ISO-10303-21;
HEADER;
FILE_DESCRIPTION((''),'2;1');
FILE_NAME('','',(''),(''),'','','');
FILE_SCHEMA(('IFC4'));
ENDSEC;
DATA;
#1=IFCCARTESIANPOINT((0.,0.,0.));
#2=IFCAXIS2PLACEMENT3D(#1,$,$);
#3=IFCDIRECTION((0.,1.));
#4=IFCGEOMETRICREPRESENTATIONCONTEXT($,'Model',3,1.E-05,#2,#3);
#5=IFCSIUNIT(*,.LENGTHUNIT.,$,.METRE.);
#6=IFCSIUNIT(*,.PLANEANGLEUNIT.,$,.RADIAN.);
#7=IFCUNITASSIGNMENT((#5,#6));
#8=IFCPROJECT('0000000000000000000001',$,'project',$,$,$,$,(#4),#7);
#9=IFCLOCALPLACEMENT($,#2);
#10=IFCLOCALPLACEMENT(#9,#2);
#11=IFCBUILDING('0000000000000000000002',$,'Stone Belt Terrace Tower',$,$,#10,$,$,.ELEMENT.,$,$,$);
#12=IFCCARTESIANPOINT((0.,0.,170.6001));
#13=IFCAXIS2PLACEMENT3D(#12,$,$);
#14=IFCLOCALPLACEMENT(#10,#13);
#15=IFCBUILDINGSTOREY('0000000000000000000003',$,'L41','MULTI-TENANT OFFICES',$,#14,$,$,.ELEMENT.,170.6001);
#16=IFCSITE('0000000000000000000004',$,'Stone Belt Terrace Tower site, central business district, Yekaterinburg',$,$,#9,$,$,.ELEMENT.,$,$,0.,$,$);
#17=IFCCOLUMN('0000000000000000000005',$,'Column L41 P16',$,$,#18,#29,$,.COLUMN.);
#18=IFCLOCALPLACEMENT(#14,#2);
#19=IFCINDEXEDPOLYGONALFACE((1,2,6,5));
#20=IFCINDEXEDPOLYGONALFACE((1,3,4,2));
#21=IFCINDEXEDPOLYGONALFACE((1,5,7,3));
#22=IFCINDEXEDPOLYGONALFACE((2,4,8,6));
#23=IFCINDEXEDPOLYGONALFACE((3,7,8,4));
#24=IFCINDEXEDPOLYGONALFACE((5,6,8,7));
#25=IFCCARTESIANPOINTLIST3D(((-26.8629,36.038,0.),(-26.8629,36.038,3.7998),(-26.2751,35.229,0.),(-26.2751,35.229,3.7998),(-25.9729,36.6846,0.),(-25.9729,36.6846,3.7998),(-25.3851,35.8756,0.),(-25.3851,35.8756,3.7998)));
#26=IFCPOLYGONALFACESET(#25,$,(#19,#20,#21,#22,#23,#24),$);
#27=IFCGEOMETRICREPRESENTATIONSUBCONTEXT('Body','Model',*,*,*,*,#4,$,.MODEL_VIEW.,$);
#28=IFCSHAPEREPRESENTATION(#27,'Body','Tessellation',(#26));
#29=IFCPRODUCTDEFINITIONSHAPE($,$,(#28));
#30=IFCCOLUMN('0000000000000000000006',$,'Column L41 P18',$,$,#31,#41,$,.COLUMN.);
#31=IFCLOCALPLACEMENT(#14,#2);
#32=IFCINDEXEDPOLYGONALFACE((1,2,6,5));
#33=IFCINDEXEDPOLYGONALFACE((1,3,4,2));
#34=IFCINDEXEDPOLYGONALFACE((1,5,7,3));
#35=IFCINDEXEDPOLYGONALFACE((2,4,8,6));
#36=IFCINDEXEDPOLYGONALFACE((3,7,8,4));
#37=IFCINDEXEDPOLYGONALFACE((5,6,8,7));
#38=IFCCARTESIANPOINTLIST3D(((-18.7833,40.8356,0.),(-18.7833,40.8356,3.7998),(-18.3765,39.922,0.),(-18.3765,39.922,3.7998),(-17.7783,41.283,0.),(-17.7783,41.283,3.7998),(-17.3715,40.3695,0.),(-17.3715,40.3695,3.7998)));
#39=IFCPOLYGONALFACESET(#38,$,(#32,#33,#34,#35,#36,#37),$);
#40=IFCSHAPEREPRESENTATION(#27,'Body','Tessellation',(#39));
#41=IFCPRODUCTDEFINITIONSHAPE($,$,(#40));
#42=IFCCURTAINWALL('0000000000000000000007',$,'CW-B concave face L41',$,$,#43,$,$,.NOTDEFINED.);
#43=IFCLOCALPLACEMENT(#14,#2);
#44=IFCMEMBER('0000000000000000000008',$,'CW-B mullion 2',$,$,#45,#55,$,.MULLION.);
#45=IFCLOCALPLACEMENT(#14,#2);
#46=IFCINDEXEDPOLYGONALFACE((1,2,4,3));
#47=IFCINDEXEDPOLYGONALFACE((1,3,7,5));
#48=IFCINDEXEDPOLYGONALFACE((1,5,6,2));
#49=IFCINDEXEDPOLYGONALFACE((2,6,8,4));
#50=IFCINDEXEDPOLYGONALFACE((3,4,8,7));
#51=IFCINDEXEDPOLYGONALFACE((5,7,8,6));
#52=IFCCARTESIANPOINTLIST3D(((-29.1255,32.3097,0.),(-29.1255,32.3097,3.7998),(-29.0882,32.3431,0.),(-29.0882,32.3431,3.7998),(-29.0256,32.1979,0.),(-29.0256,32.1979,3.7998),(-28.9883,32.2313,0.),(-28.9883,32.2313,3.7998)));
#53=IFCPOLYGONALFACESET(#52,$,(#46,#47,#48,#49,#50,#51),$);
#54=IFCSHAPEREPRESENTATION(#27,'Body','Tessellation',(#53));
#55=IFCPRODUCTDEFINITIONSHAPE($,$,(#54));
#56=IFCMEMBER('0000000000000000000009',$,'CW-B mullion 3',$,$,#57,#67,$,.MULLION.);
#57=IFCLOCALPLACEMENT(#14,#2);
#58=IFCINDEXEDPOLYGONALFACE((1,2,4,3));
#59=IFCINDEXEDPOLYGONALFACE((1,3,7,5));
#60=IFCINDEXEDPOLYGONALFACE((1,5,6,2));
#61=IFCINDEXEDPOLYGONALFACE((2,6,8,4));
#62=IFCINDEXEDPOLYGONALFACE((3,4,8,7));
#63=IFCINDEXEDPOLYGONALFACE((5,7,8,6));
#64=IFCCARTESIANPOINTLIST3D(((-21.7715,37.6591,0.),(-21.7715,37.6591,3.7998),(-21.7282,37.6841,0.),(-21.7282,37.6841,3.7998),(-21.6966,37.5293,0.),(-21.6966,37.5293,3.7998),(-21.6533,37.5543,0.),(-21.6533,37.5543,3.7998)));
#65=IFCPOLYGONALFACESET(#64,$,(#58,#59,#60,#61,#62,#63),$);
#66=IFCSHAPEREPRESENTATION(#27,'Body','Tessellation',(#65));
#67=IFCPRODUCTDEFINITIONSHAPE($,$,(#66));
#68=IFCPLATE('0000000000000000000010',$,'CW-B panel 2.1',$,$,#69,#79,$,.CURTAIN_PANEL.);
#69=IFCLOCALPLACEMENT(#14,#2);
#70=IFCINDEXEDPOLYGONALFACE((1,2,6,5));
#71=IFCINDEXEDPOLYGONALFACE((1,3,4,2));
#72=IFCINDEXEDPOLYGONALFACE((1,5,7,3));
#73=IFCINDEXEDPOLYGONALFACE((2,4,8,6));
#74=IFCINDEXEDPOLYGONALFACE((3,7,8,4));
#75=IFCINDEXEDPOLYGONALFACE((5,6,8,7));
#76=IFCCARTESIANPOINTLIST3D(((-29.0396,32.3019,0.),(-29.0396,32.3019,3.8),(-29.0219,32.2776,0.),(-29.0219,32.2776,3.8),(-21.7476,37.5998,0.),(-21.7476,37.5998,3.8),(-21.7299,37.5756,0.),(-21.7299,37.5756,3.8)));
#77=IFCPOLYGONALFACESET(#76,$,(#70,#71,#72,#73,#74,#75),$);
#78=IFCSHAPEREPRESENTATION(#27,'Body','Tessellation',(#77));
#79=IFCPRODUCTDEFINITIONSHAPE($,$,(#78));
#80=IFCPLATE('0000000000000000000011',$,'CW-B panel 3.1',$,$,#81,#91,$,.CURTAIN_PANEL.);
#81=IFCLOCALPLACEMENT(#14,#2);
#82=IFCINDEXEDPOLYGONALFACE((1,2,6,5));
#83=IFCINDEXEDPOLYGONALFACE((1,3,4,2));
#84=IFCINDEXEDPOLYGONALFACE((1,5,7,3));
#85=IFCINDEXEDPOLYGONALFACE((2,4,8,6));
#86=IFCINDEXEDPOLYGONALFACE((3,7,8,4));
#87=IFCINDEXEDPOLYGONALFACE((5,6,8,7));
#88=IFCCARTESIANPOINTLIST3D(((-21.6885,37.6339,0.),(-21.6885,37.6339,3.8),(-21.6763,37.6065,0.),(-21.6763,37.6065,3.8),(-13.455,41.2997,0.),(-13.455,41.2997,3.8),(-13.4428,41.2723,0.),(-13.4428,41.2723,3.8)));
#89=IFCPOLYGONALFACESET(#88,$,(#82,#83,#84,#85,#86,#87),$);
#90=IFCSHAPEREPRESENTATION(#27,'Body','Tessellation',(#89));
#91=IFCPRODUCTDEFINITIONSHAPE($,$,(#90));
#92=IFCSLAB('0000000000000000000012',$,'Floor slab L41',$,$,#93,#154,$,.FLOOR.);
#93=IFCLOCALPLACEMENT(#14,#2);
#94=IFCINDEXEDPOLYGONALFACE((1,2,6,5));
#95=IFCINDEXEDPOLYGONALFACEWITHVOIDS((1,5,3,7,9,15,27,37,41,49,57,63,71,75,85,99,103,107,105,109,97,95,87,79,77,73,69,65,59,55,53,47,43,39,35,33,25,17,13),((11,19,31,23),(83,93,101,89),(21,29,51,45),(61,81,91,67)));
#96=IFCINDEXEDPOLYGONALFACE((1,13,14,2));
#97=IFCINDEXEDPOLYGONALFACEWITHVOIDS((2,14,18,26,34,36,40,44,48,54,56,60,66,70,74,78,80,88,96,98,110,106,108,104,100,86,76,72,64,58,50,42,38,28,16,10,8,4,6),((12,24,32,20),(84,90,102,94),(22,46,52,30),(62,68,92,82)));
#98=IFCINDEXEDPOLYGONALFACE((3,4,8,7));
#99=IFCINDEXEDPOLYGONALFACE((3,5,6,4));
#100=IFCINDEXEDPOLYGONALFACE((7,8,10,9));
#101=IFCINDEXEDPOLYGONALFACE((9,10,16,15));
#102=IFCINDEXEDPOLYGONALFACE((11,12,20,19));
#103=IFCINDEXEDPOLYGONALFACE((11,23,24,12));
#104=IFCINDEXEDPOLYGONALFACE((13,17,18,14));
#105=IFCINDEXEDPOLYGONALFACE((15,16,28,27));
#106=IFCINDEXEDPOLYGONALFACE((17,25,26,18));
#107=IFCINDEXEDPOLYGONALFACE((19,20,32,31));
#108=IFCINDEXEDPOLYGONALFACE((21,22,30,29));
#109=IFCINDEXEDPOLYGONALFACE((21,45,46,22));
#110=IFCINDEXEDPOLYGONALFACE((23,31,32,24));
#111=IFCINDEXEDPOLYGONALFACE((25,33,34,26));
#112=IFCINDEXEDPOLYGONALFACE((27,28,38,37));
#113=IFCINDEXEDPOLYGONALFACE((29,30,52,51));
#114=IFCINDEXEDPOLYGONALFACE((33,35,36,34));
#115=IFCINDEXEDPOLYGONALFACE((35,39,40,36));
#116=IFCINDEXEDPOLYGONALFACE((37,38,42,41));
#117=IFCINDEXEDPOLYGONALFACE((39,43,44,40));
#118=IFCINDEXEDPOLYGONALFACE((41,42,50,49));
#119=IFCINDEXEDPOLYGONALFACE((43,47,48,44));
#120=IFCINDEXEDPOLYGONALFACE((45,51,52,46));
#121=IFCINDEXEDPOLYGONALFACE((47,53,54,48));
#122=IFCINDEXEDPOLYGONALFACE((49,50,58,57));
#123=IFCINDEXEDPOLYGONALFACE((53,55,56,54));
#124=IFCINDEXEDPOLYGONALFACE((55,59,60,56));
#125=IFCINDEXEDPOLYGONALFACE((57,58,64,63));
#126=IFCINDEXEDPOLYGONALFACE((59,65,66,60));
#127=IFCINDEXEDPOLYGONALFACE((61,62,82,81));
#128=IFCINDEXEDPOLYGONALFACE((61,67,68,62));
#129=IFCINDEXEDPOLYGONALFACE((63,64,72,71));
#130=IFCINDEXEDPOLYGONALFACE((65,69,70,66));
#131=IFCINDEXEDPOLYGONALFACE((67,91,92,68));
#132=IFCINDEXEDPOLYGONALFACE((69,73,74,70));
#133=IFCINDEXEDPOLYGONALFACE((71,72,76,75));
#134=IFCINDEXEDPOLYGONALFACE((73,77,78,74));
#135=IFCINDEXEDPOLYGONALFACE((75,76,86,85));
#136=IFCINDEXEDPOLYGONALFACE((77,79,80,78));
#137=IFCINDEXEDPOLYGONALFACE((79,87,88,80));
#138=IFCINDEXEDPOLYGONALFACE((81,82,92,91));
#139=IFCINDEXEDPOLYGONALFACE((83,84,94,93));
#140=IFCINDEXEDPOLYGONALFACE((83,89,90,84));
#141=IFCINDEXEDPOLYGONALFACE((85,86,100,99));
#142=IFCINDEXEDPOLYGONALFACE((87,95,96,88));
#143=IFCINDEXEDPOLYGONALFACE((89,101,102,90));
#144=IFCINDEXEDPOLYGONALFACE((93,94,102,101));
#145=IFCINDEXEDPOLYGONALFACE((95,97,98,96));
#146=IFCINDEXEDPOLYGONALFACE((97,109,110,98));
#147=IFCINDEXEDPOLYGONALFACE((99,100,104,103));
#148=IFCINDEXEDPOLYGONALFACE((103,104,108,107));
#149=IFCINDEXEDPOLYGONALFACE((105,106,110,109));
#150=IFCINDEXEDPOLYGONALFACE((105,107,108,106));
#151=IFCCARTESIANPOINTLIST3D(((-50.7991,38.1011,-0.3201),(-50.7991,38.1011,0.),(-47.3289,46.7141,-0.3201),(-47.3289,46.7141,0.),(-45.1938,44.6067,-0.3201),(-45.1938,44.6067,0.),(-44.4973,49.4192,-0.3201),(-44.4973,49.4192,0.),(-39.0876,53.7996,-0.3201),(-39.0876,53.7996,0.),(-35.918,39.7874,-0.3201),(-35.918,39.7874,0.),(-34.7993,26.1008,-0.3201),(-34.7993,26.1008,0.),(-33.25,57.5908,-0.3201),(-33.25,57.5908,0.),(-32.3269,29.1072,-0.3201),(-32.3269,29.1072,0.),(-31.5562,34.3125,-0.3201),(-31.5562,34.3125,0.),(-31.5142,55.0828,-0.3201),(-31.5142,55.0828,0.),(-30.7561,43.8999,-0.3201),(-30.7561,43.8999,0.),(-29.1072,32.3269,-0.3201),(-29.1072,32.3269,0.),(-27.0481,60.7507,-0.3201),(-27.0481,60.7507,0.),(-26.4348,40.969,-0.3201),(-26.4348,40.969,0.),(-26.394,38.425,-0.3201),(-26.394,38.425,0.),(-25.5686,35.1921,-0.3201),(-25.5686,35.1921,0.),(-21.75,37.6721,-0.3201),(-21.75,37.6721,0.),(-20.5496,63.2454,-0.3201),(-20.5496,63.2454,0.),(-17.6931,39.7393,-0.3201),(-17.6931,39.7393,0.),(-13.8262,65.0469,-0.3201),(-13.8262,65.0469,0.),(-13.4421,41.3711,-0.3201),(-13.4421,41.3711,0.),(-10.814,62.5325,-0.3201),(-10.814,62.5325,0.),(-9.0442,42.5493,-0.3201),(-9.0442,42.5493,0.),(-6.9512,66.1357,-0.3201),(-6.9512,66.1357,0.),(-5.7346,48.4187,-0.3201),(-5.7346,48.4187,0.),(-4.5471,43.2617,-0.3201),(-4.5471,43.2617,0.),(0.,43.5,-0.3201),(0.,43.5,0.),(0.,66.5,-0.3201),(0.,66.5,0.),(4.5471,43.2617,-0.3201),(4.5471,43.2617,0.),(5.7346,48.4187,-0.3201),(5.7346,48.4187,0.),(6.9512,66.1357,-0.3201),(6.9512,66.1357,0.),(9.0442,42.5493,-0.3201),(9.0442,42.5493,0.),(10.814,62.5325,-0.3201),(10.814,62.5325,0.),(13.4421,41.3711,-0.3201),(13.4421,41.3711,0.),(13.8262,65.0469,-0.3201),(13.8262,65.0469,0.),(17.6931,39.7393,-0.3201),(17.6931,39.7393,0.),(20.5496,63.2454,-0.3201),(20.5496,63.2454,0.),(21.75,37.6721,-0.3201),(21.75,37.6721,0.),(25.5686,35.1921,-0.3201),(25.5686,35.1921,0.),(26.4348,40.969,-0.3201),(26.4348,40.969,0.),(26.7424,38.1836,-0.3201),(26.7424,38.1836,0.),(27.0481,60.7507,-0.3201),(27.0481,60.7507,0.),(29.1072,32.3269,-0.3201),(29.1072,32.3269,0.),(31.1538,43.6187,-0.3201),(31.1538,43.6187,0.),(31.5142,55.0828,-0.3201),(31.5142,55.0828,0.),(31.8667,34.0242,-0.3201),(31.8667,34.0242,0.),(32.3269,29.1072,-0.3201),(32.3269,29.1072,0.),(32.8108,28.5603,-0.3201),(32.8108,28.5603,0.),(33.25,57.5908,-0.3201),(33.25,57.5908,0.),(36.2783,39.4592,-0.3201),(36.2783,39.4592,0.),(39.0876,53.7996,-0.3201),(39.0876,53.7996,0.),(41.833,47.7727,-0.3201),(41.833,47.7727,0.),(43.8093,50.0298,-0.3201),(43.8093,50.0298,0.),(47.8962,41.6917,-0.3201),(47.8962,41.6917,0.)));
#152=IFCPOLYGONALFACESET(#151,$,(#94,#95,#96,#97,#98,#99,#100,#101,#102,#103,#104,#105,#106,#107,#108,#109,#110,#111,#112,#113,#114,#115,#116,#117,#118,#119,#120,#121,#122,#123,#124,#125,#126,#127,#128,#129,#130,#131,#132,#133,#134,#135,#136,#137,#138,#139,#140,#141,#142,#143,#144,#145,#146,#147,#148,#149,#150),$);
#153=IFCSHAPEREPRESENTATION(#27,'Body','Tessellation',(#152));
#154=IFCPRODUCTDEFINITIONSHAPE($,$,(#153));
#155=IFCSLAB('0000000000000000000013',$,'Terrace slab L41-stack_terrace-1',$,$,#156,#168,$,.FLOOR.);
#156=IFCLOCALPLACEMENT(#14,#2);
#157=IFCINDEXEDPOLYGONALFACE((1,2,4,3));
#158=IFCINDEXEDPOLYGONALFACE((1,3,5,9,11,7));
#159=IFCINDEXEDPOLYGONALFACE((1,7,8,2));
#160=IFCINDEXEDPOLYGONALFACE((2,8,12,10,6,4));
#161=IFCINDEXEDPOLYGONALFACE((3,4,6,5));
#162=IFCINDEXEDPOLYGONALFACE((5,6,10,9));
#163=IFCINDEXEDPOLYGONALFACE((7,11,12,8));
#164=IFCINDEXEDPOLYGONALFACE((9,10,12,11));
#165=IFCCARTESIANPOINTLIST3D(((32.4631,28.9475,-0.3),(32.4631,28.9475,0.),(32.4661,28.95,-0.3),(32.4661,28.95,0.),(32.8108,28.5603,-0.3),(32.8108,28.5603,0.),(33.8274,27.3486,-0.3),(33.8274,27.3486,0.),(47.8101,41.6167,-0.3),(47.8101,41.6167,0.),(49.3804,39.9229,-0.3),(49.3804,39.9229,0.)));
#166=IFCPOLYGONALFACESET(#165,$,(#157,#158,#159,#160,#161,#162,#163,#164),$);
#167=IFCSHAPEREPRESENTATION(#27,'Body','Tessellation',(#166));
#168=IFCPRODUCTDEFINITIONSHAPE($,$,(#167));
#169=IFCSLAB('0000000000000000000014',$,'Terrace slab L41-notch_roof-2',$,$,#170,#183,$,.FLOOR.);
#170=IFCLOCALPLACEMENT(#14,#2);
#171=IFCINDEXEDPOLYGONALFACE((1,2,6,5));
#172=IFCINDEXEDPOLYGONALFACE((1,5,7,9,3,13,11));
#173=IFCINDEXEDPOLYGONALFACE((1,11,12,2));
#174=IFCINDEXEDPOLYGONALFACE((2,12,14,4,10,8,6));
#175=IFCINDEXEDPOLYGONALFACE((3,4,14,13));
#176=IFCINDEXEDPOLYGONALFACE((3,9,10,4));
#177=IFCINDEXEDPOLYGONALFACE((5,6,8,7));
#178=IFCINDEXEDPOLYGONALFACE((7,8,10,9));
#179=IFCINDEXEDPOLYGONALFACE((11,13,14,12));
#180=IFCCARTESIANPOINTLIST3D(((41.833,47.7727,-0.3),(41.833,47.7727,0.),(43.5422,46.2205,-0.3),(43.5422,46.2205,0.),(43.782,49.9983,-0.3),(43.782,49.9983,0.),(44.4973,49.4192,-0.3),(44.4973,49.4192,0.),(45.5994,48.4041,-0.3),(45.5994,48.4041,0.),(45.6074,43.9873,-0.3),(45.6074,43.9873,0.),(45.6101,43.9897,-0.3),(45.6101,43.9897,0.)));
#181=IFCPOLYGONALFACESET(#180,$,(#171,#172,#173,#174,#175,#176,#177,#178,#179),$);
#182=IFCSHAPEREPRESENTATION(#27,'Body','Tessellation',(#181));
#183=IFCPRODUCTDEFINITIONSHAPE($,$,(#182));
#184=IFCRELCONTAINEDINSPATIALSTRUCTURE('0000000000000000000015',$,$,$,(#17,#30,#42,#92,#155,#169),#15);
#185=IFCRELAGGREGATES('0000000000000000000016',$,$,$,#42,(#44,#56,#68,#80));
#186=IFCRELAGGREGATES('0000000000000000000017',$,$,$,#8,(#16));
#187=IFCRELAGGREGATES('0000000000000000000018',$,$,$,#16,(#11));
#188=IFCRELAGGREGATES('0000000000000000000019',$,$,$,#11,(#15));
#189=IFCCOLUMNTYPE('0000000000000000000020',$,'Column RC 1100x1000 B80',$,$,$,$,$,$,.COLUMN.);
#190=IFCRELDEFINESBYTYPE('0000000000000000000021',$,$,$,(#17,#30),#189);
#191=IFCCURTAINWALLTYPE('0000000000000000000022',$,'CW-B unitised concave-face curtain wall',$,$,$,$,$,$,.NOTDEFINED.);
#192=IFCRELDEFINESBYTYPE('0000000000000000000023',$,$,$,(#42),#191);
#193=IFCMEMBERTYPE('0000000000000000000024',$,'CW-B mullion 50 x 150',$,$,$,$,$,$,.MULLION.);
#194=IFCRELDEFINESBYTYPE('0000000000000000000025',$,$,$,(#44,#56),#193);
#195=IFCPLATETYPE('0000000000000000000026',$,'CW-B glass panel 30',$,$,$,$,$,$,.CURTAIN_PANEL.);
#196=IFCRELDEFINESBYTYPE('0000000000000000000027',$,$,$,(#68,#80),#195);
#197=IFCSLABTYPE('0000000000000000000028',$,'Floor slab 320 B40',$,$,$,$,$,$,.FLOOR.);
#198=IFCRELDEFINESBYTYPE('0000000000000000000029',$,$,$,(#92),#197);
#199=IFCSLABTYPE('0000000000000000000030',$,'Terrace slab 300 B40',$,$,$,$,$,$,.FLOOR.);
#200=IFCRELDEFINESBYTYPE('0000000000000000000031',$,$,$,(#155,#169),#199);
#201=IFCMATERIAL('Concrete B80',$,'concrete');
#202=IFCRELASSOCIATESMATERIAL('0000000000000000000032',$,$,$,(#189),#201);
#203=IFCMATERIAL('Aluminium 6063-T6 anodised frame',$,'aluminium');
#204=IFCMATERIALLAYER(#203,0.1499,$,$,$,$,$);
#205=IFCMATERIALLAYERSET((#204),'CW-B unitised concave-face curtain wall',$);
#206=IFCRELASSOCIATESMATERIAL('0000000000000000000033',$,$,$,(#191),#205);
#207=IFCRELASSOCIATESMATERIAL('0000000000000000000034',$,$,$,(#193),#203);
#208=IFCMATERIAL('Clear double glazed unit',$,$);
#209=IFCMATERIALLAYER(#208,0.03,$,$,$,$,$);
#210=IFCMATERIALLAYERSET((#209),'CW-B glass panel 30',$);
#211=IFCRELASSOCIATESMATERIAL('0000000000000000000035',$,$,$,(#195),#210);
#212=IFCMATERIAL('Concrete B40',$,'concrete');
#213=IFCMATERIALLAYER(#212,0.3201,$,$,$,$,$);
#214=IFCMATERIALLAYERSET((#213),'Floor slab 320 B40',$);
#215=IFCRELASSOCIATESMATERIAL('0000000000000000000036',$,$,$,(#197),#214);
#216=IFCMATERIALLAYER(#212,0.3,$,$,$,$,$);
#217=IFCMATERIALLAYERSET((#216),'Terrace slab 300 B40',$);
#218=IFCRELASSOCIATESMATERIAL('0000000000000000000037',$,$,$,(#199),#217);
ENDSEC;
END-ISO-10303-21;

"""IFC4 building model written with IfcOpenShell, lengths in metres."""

from ifc_helpers import new_model, si_unit, direction, frame, origin, origin_2d, place, context, subcontext, project, spatial, polyline, rectangle, outline, extrude, material, layer, layer_set, material_profile, profile_set, type_object, element, aggregate, save


model = new_model("IFC4")

# Units and contexts
model_context = context("Model", 3, precision=1e-05, world=origin(), true_north=direction((0.0, 1.0)))
body_context = subcontext(model_context, "Body", "Model", "MODEL_VIEW")
ifc_project = project(units=[si_unit("LENGTHUNIT", "METRE"), si_unit("PLANEANGLEUNIT", "RADIAN")], contexts=[model_context])

# Site, building, storey
site_placement = place(None, origin())
site = spatial("IfcSite", under=ifc_project, at=site_placement, Name="Stone Belt Terrace Tower site, central business district, Yekaterinburg", CompositionType="ELEMENT", RefElevation=0.0)
building_placement = place(site_placement, origin())
building = spatial("IfcBuilding", under=site, at=building_placement, Name="Stone Belt Terrace Tower", CompositionType="ELEMENT")
storey_placement = place(building_placement, frame((0.0, 0.0, 170.6001)))
storey = spatial("IfcBuildingStorey", under=building, at=storey_placement, Name="L41", Description="MULTI-TENANT OFFICES", CompositionType="ELEMENT", Elevation=170.6001)

# Columns
ifc_material_1 = material(Name="Concrete B80", Category="concrete")
ifc_material_profile_1 = material_profile(ifc_material_1, rectangle(XDim=1.1001, YDim=1.0, at=origin_2d()), Name="RC 1100x1000")
ifc_profile_set_1 = profile_set([ifc_material_profile_1], Name="Concrete B80")
column_type = type_object("IfcColumnType", Name="Column RC 1100x1000 B80", PredefinedType="COLUMN", material=ifc_profile_set_1)
for number, where, z_axis, x_axis, name in (
    (1, (-26.124, 35.9568, 0.0), (0.0, 0.0, 1.0), (0.809017, 0.587785, 0.0), "Column L41 P16"),
    (2, (-18.0774, 40.6025, 0.0), (0.0, 0.0, 1.0), (0.913545, 0.406737, 0.0), "Column L41 P18"),
):
    element("IfcColumn", number, at=place(storey_placement, frame(where, z_axis=z_axis, x_axis=x_axis)), inside=storey, type_object=column_type, Name=name, PredefinedType="COLUMN", context=body_context, shape_type="SweptSolid", body=[
        extrude(rectangle(XDim=1.1001, YDim=1.0, at=origin_2d()), origin(), (0.0, 0.0, 1.0), 3.7998),
    ])

# Curtain wall, members, plates
ifc_material_2 = material(Name="Aluminium 6063-T6 anodised frame", Category="aluminium")
ifc_layer_1 = layer(ifc_material_2, 0.1499)
ifc_layer_set_1 = layer_set([ifc_layer_1], Name="CW-B unitised concave-face curtain wall")
curtain_wall_type = type_object("IfcCurtainWallType", Name="CW-B unitised concave-face curtain wall", PredefinedType="NOTDEFINED", material=ifc_layer_set_1)
curtain_wall_placement = place(storey_placement, origin())
curtain_wall = element("IfcCurtainWall", 3, at=curtain_wall_placement, inside=storey, type_object=curtain_wall_type, Name="CW-B concave face L41", PredefinedType="NOTDEFINED")
ifc_material_profile_2 = material_profile(ifc_material_2, rectangle(XDim=0.1499, YDim=0.05, at=origin_2d()), Name="Aluminium 6063-T6 50x150")
ifc_profile_set_2 = profile_set([ifc_material_profile_2], Name="Aluminium 6063-T6 anodised frame")
member_type = type_object("IfcMemberType", Name="CW-B mullion 50 x 150", PredefinedType="MULLION", material=ifc_profile_set_2)
member_1_placement = place(storey_placement, frame((-29.0569, 32.2705, 0.0), z_axis=(0.0, 0.0, 1.0), x_axis=(-0.666301, 0.745683, 0.0)))
member_1 = element("IfcMember", 4, at=member_1_placement, type_object=member_type, Name="CW-B mullion 2", PredefinedType="MULLION", context=body_context, shape_type="SweptSolid", body=[
    extrude(rectangle(XDim=0.1499, YDim=0.05, at=origin_2d()), origin(), (0.0, 0.0, 1.0), 3.7998),
])
member_2_placement = place(storey_placement, frame((-21.7124, 37.6067, 0.0), z_axis=(0.0, 0.0, 1.0), x_axis=(-0.5, 0.866025, 0.0)))
member_2 = element("IfcMember", 5, at=member_2_placement, type_object=member_type, Name="CW-B mullion 3", PredefinedType="MULLION", context=body_context, shape_type="SweptSolid", body=[
    extrude(rectangle(XDim=0.1499, YDim=0.05, at=origin_2d()), origin(), (0.0, 0.0, 1.0), 3.7998),
])
ifc_material_3 = material(Name="Clear double glazed unit")
ifc_layer_2 = layer(ifc_material_3, 0.03)
ifc_layer_set_2 = layer_set([ifc_layer_2], Name="CW-B glass panel 30")
plate_type = type_object("IfcPlateType", Name="CW-B glass panel 30", PredefinedType="CURTAIN_PANEL", material=ifc_layer_set_2)
plate_1_placement = place(storey_placement, frame((-25.3848, 34.9387, 0.0), z_axis=(0.0, 0.0, 1.0), x_axis=(0.809017, 0.587785, 0.0)))
plate_1 = element("IfcPlate", 6, at=plate_1_placement, type_object=plate_type, Name="CW-B panel 2.1", PredefinedType="CURTAIN_PANEL", context=body_context, shape_type="SweptSolid", body=[
    extrude(rectangle(XDim=9.0134, YDim=0.03, at=origin_2d()), origin(), (0.0, 0.0, 1.0), 3.8),
])
plate_2_placement = place(storey_placement, frame((-17.5657, 39.4531, 0.0), z_axis=(0.0, 0.0, 1.0), x_axis=(0.913545, 0.406737, 0.0)))
plate_2 = element("IfcPlate", 7, at=plate_2_placement, type_object=plate_type, Name="CW-B panel 3.1", PredefinedType="CURTAIN_PANEL", context=body_context, shape_type="SweptSolid", body=[
    extrude(rectangle(XDim=9.0127, YDim=0.03, at=origin_2d()), origin(), (0.0, 0.0, 1.0), 3.8),
])
aggregate(curtain_wall, [member_1, member_2, plate_1, plate_2])

# Slabs
ifc_material_4 = material(Name="Concrete B40", Category="concrete")
ifc_layer_3 = layer(ifc_material_4, 0.3201)
ifc_layer_set_3 = layer_set([ifc_layer_3], Name="Floor slab 320 B40")
slab_type_1 = type_object("IfcSlabType", Name="Floor slab 320 B40", PredefinedType="FLOOR", material=ifc_layer_set_3)
slab_1_placement = place(storey_placement, frame((0.0, 0.0, -0.3201)))
element("IfcSlab", 8, at=slab_1_placement, inside=storey, type_object=slab_type_1, Name="Floor slab L41", PredefinedType="FLOOR", context=body_context, shape_type="SweptSolid", body=[
    extrude(outline(polyline([(-44.4973, 49.4192), (-39.0876, 53.7996), (-33.25, 57.5908), (-27.0481, 60.7507), (-20.5496, 63.2454), (-13.8262, 65.0469), (-6.9512, 66.1357), (0.0, 66.5), (6.9512, 66.1357), (13.8262, 65.0469), (20.5496, 63.2454), (27.0481, 60.7507), (33.25, 57.5908), (39.0876, 53.7996), (43.8093, 50.0298), (41.833, 47.7727), (47.8962, 41.6917), (32.8108, 28.5603), (32.3269, 29.1072), (29.1072, 32.3269), (25.5686, 35.1921), (21.75, 37.6721), (17.6931, 39.7393), (13.4421, 41.3711), (9.0442, 42.5493), (4.5471, 43.2617), (0.0, 43.5), (-4.5471, 43.2617), (-9.0442, 42.5493), (-13.4421, 41.3711), (-17.6931, 39.7393), (-21.75, 37.6721), (-25.5686, 35.1921), (-29.1072, 32.3269), (-32.3269, 29.1072), (-34.7993, 26.1008), (-50.7991, 38.1011), (-45.1938, 44.6067), (-47.3289, 46.7141), (-44.4973, 49.4192)]), holes=[polyline([(-26.4348, 40.969), (-5.7346, 48.4187), (-10.814, 62.5325), (-31.5142, 55.0828), (-26.4348, 40.969)]), polyline([(10.814, 62.5325), (5.7346, 48.4187), (26.4348, 40.969), (31.5142, 55.0828), (10.814, 62.5325)]), polyline([(-35.918, 39.7874), (-31.5562, 34.3125), (-26.394, 38.425), (-30.7561, 43.8999), (-35.918, 39.7874)]), polyline([(36.2783, 39.4592), (31.1538, 43.6187), (26.7424, 38.1836), (31.8667, 34.0242), (36.2783, 39.4592)])]), origin(), (0.0, 0.0, 1.0), 0.3201),
])
ifc_layer_4 = layer(ifc_material_4, 0.3)
ifc_layer_set_4 = layer_set([ifc_layer_4], Name="Terrace slab 300 B40")
slab_type_2 = type_object("IfcSlabType", Name="Terrace slab 300 B40", PredefinedType="FLOOR", material=ifc_layer_set_4)
slab_2_placement = place(storey_placement, frame((0.0, 0.0, -0.3)))
element("IfcSlab", 9, at=slab_2_placement, inside=storey, type_object=slab_type_2, Name="Terrace slab L41-stack_terrace-1", PredefinedType="FLOOR", context=body_context, shape_type="SweptSolid", body=[
    extrude(outline(polyline([(33.8274, 27.3486), (49.3804, 39.9229), (47.8101, 41.6167), (32.8108, 28.5603), (32.4661, 28.95), (32.4631, 28.9475), (33.8274, 27.3486)])), origin(), (0.0, 0.0, 1.0), 0.3),
])
slab_3_placement = place(storey_placement, frame((0.0, 0.0, -0.3)))
element("IfcSlab", 10, at=slab_3_placement, inside=storey, type_object=slab_type_2, Name="Terrace slab L41-notch_roof-2", PredefinedType="FLOOR", context=body_context, shape_type="SweptSolid", body=[
    extrude(outline(polyline([(45.5994, 48.4041), (44.4973, 49.4192), (43.782, 49.9983), (41.833, 47.7727), (45.6074, 43.9873), (45.6101, 43.9897), (43.5422, 46.2205), (45.5994, 48.4041)])), origin(), (0.0, 0.0, 1.0), 0.3),
])

save(model, "model.ifc")
